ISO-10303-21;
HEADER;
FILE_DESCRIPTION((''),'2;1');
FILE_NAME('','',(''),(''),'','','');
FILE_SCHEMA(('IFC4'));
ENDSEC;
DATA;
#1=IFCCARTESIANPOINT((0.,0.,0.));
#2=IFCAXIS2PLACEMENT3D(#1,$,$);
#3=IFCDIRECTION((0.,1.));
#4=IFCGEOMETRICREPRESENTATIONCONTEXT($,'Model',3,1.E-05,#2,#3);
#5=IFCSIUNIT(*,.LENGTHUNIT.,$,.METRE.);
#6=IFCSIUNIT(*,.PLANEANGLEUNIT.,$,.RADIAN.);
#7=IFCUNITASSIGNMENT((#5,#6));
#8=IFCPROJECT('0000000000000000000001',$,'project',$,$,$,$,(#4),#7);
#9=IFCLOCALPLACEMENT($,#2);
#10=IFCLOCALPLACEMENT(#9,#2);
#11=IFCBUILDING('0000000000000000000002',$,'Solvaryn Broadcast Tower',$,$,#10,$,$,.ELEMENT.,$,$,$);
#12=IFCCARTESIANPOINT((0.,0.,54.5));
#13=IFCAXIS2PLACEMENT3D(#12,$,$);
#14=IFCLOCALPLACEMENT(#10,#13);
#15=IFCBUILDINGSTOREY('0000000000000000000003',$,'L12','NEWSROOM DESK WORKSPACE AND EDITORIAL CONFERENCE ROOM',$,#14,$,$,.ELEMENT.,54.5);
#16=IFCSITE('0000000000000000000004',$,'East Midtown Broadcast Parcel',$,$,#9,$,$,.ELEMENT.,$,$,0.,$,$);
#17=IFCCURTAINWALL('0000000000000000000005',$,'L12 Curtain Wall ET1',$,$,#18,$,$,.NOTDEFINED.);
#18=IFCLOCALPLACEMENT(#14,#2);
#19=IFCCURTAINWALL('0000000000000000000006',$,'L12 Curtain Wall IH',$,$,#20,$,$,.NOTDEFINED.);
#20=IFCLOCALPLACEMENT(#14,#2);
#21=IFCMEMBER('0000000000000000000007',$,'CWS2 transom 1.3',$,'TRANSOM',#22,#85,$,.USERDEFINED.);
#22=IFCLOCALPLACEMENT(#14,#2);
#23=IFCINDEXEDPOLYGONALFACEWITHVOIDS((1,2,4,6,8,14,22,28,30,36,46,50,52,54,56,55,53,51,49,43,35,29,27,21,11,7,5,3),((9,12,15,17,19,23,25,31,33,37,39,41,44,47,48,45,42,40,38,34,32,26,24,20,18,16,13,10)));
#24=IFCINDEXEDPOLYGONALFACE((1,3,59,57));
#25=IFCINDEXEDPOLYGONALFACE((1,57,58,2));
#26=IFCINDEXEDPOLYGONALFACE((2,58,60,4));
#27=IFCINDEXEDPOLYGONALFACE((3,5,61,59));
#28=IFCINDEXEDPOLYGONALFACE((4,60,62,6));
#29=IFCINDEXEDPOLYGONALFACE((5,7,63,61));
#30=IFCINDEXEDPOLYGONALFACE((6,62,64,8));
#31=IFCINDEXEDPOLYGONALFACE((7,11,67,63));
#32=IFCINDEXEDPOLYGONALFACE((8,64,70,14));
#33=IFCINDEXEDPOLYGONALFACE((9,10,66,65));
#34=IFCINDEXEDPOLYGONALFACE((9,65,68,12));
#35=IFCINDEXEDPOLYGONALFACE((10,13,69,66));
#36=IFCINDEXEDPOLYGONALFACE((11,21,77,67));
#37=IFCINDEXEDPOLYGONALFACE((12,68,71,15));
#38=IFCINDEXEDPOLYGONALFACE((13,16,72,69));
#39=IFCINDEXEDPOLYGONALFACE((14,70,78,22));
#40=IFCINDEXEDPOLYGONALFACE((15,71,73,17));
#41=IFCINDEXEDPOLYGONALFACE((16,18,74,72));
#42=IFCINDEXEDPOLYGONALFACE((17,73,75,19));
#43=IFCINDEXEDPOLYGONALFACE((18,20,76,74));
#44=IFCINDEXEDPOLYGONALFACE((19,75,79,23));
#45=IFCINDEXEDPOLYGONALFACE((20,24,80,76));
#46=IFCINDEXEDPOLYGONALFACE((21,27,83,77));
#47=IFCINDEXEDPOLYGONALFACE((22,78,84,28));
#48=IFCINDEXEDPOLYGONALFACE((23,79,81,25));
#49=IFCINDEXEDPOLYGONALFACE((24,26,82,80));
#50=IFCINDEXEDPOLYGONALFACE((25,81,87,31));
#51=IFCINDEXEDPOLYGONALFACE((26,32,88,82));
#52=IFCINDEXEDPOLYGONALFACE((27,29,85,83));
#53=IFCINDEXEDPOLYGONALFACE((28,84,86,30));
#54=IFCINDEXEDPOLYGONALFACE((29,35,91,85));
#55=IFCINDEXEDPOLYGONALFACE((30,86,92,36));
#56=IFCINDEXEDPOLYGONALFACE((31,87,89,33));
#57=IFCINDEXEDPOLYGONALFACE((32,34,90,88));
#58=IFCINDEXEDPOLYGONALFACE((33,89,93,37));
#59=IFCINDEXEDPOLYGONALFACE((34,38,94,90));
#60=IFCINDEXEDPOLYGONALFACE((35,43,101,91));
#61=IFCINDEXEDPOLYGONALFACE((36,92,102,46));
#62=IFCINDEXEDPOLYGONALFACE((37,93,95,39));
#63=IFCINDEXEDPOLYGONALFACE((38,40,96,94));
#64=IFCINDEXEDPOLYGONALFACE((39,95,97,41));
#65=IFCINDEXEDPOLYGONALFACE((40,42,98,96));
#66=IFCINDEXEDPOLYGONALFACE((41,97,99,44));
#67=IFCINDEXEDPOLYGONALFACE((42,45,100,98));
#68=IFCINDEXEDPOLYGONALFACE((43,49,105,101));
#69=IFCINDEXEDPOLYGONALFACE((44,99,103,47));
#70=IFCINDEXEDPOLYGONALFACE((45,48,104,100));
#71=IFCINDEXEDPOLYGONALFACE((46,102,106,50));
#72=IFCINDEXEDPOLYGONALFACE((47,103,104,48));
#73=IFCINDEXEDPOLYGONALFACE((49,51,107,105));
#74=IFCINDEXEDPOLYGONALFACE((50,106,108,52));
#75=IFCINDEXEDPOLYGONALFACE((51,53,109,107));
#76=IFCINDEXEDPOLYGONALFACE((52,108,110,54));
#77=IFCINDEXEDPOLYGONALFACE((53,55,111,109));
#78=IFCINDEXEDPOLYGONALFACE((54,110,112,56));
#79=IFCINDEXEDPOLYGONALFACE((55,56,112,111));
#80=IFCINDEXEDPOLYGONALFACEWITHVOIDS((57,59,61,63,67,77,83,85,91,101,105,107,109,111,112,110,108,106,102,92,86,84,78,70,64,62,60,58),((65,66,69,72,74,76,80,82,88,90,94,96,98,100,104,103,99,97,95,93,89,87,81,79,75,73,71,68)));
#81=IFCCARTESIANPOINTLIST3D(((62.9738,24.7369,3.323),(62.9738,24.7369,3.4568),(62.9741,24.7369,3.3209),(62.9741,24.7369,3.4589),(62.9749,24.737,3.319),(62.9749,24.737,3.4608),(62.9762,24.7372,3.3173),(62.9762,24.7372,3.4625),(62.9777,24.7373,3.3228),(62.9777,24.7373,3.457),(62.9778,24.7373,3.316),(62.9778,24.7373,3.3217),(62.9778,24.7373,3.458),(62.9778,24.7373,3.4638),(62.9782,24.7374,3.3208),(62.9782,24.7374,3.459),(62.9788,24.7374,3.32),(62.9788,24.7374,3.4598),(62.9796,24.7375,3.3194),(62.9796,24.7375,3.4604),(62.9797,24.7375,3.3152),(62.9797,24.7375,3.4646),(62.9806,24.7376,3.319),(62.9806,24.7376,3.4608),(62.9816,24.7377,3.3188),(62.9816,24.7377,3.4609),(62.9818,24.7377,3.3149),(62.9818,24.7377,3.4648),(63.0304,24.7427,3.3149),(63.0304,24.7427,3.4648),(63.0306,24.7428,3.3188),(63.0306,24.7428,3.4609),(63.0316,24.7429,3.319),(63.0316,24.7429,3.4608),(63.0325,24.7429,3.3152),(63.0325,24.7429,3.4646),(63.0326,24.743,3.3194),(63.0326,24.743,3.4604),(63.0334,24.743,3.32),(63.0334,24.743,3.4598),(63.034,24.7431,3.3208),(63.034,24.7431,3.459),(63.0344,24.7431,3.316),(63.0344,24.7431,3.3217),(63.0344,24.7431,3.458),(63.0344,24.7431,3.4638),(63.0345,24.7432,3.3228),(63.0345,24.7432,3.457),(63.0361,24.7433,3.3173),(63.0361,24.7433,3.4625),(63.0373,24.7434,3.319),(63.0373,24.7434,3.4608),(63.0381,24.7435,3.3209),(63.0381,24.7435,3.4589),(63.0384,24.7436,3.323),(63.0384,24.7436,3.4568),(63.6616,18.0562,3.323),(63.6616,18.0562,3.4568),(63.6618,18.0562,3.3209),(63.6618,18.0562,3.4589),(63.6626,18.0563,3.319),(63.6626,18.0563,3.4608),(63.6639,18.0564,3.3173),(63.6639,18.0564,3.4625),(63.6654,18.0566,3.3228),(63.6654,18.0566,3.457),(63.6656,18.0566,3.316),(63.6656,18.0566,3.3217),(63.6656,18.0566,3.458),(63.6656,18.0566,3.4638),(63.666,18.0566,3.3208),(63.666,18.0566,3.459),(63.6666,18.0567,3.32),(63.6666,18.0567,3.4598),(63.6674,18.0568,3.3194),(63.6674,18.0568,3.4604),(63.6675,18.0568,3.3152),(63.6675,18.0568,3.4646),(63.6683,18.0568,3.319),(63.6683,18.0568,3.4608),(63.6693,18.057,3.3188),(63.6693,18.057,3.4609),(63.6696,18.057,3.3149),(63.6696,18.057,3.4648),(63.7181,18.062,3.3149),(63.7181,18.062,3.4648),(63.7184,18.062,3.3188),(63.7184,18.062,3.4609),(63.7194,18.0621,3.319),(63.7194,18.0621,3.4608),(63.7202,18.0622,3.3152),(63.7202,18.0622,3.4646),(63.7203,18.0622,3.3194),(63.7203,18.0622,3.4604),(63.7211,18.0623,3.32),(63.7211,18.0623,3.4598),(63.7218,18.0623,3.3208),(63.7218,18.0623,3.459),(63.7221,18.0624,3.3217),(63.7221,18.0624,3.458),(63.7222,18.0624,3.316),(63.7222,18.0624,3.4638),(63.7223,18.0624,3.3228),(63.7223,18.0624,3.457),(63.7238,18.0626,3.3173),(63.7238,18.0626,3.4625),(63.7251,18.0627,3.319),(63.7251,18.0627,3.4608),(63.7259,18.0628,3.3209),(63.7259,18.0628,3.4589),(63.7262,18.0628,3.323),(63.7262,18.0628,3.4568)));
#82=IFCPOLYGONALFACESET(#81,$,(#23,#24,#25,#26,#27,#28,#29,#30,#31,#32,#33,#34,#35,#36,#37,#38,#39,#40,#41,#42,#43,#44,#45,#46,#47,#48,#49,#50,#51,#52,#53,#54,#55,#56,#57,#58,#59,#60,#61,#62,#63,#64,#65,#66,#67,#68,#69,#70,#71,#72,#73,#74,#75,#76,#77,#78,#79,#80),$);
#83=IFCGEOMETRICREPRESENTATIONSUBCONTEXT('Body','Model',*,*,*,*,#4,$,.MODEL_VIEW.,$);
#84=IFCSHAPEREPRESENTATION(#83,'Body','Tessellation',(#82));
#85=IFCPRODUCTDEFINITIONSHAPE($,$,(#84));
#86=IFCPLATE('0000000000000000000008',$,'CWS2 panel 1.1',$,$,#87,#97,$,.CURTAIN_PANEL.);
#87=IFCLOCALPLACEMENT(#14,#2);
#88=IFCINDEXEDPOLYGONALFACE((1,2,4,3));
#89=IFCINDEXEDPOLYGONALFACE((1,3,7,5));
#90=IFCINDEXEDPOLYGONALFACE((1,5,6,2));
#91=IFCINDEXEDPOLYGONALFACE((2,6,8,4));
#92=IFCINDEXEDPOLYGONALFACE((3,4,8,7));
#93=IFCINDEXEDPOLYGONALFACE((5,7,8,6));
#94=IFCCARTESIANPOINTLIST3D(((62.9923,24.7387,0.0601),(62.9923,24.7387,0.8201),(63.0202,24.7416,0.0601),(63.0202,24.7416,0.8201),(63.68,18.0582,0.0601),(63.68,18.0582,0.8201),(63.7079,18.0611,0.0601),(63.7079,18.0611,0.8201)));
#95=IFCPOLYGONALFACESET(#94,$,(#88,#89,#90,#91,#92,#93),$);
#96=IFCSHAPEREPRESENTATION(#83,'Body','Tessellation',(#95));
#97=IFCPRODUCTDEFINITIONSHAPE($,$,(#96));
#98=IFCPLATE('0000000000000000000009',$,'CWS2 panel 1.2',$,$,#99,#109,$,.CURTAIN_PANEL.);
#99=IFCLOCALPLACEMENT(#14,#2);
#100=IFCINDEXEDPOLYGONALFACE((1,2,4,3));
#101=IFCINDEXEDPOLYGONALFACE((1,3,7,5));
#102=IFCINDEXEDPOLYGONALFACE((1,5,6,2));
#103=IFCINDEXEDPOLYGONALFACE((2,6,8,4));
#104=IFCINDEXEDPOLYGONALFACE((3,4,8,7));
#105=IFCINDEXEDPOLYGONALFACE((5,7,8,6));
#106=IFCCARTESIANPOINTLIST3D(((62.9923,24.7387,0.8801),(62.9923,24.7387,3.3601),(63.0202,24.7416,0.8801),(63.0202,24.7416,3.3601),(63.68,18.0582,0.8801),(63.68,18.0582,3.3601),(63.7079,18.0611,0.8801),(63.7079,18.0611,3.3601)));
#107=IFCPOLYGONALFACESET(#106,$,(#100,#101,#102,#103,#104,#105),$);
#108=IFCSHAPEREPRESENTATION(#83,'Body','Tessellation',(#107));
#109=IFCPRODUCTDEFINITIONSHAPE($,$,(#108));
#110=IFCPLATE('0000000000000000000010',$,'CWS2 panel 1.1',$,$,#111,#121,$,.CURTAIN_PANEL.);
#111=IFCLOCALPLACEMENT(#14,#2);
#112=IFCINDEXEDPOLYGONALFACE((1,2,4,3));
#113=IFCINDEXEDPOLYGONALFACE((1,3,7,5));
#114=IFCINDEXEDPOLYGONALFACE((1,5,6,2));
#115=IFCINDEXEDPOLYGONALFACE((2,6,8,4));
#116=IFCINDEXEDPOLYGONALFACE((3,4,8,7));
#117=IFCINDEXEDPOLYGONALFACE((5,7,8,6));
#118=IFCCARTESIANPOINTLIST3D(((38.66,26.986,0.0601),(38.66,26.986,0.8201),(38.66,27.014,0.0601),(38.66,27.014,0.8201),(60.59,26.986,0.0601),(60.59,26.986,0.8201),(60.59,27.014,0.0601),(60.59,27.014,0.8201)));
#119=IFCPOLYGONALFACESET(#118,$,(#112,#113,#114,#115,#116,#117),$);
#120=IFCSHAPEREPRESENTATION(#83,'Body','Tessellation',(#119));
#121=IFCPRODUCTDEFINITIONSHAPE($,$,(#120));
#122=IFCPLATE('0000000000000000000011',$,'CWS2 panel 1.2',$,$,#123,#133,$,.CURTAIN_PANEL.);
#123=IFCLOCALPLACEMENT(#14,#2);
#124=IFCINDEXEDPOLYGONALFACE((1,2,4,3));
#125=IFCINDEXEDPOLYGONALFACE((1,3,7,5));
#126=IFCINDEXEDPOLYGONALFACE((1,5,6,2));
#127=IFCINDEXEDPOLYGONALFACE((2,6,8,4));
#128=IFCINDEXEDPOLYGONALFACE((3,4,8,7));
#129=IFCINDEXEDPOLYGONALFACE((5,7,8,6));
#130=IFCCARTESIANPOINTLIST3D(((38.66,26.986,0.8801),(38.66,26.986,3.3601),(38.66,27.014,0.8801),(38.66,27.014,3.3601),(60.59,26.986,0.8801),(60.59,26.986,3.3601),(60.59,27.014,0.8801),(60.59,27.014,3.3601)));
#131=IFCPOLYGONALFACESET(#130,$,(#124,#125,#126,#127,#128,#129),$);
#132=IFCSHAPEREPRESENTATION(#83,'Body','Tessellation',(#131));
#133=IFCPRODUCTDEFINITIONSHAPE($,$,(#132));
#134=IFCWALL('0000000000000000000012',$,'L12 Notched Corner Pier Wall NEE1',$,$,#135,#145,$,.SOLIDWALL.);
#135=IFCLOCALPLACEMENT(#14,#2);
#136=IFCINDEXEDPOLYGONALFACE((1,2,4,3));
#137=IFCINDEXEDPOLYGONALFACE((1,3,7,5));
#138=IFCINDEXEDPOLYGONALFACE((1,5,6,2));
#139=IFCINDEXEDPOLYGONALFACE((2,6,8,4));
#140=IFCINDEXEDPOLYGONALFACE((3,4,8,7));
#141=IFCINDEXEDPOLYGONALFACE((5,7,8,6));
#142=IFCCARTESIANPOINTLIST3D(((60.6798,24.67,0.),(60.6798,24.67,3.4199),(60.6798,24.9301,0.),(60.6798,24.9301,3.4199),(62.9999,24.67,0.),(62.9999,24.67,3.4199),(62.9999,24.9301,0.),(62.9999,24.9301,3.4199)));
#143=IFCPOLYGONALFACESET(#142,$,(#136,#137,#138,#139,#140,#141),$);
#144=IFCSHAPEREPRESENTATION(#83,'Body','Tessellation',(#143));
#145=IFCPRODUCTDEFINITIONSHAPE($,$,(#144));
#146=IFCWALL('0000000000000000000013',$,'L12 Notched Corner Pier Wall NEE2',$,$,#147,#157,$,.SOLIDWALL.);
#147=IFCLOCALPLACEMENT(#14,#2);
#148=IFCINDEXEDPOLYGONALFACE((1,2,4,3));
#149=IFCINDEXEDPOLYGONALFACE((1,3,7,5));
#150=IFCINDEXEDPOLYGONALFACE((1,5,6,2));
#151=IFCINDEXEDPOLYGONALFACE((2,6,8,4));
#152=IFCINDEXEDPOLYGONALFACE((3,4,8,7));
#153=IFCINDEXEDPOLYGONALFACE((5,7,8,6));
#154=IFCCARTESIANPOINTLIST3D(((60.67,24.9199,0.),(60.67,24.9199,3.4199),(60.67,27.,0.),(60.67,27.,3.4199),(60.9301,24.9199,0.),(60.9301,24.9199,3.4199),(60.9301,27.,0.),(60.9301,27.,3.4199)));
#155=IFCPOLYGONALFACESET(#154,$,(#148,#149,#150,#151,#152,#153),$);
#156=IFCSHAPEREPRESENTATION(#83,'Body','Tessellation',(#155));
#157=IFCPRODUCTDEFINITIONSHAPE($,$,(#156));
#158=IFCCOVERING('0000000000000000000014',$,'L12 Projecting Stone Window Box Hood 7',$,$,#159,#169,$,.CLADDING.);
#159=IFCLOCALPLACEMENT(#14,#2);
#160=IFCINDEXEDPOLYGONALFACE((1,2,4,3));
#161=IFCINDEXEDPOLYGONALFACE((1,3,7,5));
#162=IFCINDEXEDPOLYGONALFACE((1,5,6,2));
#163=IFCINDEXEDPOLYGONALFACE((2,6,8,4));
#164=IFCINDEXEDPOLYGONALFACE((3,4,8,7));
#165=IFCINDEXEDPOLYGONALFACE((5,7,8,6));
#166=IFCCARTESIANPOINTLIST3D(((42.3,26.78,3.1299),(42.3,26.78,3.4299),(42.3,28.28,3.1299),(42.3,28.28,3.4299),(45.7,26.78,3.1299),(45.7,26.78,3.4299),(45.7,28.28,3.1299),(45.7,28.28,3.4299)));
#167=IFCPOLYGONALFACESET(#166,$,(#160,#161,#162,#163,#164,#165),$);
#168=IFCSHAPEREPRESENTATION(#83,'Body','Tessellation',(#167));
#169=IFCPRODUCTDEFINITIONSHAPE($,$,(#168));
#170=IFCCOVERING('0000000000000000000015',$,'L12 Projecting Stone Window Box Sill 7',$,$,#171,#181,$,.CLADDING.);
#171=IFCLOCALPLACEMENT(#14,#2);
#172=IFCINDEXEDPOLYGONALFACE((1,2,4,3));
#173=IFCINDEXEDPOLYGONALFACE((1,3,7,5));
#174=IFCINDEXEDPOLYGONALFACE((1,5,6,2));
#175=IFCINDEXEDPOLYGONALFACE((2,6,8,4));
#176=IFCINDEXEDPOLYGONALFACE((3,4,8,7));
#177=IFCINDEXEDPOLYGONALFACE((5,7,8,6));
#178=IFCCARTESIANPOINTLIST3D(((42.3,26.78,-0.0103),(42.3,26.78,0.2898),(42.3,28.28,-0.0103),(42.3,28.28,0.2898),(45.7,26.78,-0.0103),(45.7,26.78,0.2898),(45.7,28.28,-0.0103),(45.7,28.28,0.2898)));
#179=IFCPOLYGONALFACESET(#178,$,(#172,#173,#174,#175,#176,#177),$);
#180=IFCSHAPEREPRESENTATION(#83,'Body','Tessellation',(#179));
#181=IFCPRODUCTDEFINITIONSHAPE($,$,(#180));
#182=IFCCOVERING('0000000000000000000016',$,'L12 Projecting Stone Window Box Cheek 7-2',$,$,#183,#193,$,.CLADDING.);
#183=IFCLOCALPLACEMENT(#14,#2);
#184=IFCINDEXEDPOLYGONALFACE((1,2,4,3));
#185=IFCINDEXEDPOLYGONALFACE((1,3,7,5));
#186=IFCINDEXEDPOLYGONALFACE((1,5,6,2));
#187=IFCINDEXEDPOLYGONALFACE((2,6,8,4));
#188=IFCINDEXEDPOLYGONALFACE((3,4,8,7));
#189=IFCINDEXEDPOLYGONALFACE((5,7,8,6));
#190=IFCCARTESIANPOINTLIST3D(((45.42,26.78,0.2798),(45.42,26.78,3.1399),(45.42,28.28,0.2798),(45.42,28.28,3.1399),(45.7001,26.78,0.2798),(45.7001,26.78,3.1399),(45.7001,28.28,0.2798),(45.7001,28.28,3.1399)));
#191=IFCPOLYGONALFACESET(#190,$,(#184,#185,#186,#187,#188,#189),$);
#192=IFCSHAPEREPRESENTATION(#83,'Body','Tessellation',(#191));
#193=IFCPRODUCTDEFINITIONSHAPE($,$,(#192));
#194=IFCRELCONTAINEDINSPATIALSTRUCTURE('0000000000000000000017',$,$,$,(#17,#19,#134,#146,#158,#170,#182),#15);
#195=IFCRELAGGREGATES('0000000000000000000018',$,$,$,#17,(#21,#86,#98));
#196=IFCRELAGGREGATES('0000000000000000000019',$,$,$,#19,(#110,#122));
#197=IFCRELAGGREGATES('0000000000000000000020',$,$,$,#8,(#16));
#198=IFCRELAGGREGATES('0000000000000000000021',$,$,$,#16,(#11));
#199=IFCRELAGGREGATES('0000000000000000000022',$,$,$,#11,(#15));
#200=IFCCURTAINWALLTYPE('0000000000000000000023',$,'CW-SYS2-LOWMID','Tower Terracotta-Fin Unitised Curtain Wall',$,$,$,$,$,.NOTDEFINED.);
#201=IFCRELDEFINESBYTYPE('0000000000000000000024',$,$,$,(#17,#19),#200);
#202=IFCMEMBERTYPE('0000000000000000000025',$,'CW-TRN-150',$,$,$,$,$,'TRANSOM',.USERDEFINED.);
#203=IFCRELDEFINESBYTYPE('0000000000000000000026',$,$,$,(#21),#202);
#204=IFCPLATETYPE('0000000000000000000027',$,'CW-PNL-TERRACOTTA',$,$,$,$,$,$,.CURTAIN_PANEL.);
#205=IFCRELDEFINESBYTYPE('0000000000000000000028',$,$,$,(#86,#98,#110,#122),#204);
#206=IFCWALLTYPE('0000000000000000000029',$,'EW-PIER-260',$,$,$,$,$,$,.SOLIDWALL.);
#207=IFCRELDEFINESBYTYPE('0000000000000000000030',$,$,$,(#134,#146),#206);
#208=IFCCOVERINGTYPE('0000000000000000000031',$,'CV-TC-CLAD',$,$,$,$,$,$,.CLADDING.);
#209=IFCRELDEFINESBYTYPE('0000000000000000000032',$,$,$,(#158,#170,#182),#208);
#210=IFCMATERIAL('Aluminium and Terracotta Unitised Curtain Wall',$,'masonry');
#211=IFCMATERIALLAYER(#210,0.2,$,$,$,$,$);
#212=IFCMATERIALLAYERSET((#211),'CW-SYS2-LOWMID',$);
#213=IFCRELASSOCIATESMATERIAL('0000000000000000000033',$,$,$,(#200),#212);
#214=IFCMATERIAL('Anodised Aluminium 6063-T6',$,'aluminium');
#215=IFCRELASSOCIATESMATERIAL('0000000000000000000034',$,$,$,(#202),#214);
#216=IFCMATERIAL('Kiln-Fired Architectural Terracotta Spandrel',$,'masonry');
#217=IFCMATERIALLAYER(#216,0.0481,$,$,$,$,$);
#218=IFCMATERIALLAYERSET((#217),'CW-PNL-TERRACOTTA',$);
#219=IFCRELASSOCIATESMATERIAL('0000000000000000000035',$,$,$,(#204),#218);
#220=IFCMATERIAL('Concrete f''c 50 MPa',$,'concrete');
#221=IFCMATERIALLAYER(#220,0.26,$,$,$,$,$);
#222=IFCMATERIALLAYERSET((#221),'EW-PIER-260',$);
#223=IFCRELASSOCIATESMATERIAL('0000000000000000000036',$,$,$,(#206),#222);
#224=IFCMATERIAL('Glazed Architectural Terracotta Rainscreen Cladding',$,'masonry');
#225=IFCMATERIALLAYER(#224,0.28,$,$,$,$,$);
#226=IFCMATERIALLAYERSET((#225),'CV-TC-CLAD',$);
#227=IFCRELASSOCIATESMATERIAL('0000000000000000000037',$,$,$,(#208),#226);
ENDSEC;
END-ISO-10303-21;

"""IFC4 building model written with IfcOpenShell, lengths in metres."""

from ifc_helpers import new_model, si_unit, direction, frame, frame_2d, origin, origin_2d, place, context, subcontext, project, spatial, rectangle, hollow_rectangle, extrude, material, layer, layer_set, material_profile, profile_set, type_object, element, aggregate, save


model = new_model("IFC4")

# Units and contexts
model_context = context("Model", 3, precision=1e-05, world=origin(), true_north=direction((0.0, 1.0)))
body_context = subcontext(model_context, "Body", "Model", "MODEL_VIEW")
ifc_project = project(units=[si_unit("LENGTHUNIT", "METRE"), si_unit("PLANEANGLEUNIT", "RADIAN")], contexts=[model_context])

# Site, building, storey
site_placement = place(None, origin())
site = spatial("IfcSite", under=ifc_project, at=site_placement, Name="East Midtown Broadcast Parcel", CompositionType="ELEMENT", RefElevation=0.0)
building_placement = place(site_placement, origin())
building = spatial("IfcBuilding", under=site, at=building_placement, Name="Solvaryn Broadcast Tower", CompositionType="ELEMENT")
storey_placement = place(building_placement, frame((0.0, 0.0, 54.5)))
storey = spatial("IfcBuildingStorey", under=building, at=storey_placement, Name="L12", Description="NEWSROOM DESK WORKSPACE AND EDITORIAL CONFERENCE ROOM", CompositionType="ELEMENT", Elevation=54.5)

# Curtain walls
ifc_material_1 = material(Name="Aluminium and Terracotta Unitised Curtain Wall", Category="masonry")
ifc_layer_1 = layer(ifc_material_1, 0.2)
ifc_layer_set_1 = layer_set([ifc_layer_1], Name="CW-SYS2-LOWMID")
curtain_wall_type = type_object("IfcCurtainWallType", Name="CW-SYS2-LOWMID", Description="Tower Terracotta-Fin Unitised Curtain Wall", PredefinedType="NOTDEFINED", material=ifc_layer_set_1)
curtain_wall_1_placement = place(storey_placement, origin())
curtain_wall_1 = element("IfcCurtainWall", 1, at=curtain_wall_1_placement, inside=storey, type_object=curtain_wall_type, Name="L12 Curtain Wall ET1", PredefinedType="NOTDEFINED")
curtain_wall_2_placement = place(storey_placement, origin())
curtain_wall_2 = element("IfcCurtainWall", 2, at=curtain_wall_2_placement, inside=storey, type_object=curtain_wall_type, Name="L12 Curtain Wall IH", PredefinedType="NOTDEFINED")

# Member
ifc_material_2 = material(Name="Anodised Aluminium 6063-T6", Category="aluminium")
ifc_material_profile_1 = material_profile(ifc_material_2, hollow_rectangle(XDim=0.0649, YDim=0.1499, WallThickness=0.0039, InnerFilletRadius=0.0039, OuterFilletRadius=0.0081, at=origin_2d()))
ifc_profile_set_1 = profile_set([ifc_material_profile_1], Name="Anodised Aluminium 6063-T6")
member_type_1 = type_object("IfcMemberType", Name="CW-TRN-150", ElementType="TRANSOM", PredefinedType="USERDEFINED", material=ifc_profile_set_1)
member_1_placement = place(storey_placement, frame((63.0061, 24.7402, 3.3899), z_axis=(0.102404, -0.994743, 0.0), x_axis=(0.994743, 0.102404, 0.0)))
member_1 = element("IfcMember", 3, at=member_1_placement, type_object=member_type_1, Name="CWS2 transom 1.3", ObjectType="TRANSOM", PredefinedType="USERDEFINED", context=body_context, shape_type="SweptSolid", body=[
    extrude(hollow_rectangle(XDim=0.0649, YDim=0.1499, WallThickness=0.0039, InnerFilletRadius=0.0039, OuterFilletRadius=0.0081, at=origin_2d()), origin(), (0.0, 0.0, 1.0), 6.7161),
])

# Plates
ifc_material_3 = material(Name="Kiln-Fired Architectural Terracotta Spandrel", Category="masonry")
ifc_layer_2 = layer(ifc_material_3, 0.0481)
ifc_layer_set_2 = layer_set([ifc_layer_2], Name="CW-PNL-TERRACOTTA")
plate_type = type_object("IfcPlateType", Name="CW-PNL-TERRACOTTA", PredefinedType="CURTAIN_PANEL", material=ifc_layer_set_2)
plate_1_placement = place(storey_placement, frame((63.3501, 21.3999, 0.0601), z_axis=(0.0, 0.0, 1.0), x_axis=(0.1024, -0.994743, 0.0)))
plate_1 = element("IfcPlate", 4, at=plate_1_placement, type_object=plate_type, Name="CWS2 panel 1.1", PredefinedType="CURTAIN_PANEL", context=body_context, shape_type="SweptSolid", body=[
    extrude(rectangle(XDim=6.7158, YDim=0.0281, at=origin_2d()), origin(), (0.0, 0.0, 1.0), 0.76),
])
plate_2_placement = place(storey_placement, frame((63.3501, 21.3999, 0.8801), z_axis=(0.0, 0.0, 1.0), x_axis=(0.1024, -0.994743, 0.0)))
plate_2 = element("IfcPlate", 5, at=plate_2_placement, type_object=plate_type, Name="CWS2 panel 1.2", PredefinedType="CURTAIN_PANEL", context=body_context, shape_type="SweptSolid", body=[
    extrude(rectangle(XDim=6.7158, YDim=0.0281, at=origin_2d()), origin(), (0.0, 0.0, 1.0), 2.48),
])
aggregate(curtain_wall_1, [member_1, plate_1, plate_2])
plate_3_placement = place(storey_placement, frame((49.625, 27.0, 0.0601), z_axis=(0.0, 0.0, 1.0), x_axis=(1.0, 0.0, 0.0)))
plate_3 = element("IfcPlate", 6, at=plate_3_placement, type_object=plate_type, Name="CWS2 panel 1.1", PredefinedType="CURTAIN_PANEL", context=body_context, shape_type="SweptSolid", body=[
    extrude(rectangle(XDim=21.9299, YDim=0.0281, at=origin_2d()), origin(), (0.0, 0.0, 1.0), 0.76),
])
plate_4_placement = place(storey_placement, frame((49.625, 27.0, 0.8801), z_axis=(0.0, 0.0, 1.0), x_axis=(1.0, 0.0, 0.0)))
plate_4 = element("IfcPlate", 7, at=plate_4_placement, type_object=plate_type, Name="CWS2 panel 1.2", PredefinedType="CURTAIN_PANEL", context=body_context, shape_type="SweptSolid", body=[
    extrude(rectangle(XDim=21.9299, YDim=0.0281, at=origin_2d()), origin(), (0.0, 0.0, 1.0), 2.48),
])
aggregate(curtain_wall_2, [plate_3, plate_4])

# Walls
ifc_material_4 = material(Name="Concrete f'c 50 MPa", Category="concrete")
ifc_layer_3 = layer(ifc_material_4, 0.26)
ifc_layer_set_3 = layer_set([ifc_layer_3], Name="EW-PIER-260")
wall_type_1 = type_object("IfcWallType", Name="EW-PIER-260", PredefinedType="SOLIDWALL", material=ifc_layer_set_3)
wall_1_placement = place(storey_placement, frame((63.0, 24.8, 0.0), z_axis=(0.0, 0.0, 1.0), x_axis=(-1.0, 0.0, 0.0)))
element("IfcWall", 8, at=wall_1_placement, inside=storey, type_object=wall_type_1, Name="L12 Notched Corner Pier Wall NEE1", PredefinedType="SOLIDWALL", context=body_context, shape_type="SweptSolid", body=[
    extrude(rectangle(XDim=2.3201, YDim=0.26, at=frame_2d((1.1602, 0.0))), origin(), (0.0, 0.0, 1.0), 3.4199),
])
wall_2_placement = place(storey_placement, frame((60.8, 24.9199, 0.0), z_axis=(0.0, 0.0, 1.0), x_axis=(0.0, 1.0, 0.0)))
element("IfcWall", 9, at=wall_2_placement, inside=storey, type_object=wall_type_1, Name="L12 Notched Corner Pier Wall NEE2", PredefinedType="SOLIDWALL", context=body_context, shape_type="SweptSolid", body=[
    extrude(rectangle(XDim=2.0801, YDim=0.26, at=frame_2d((1.04, 0.0))), origin(), (0.0, 0.0, 1.0), 3.4199),
])

# Coverings
ifc_material_5 = material(Name="Glazed Architectural Terracotta Rainscreen Cladding", Category="masonry")
ifc_layer_4 = layer(ifc_material_5, 0.28)
ifc_layer_set_4 = layer_set([ifc_layer_4], Name="CV-TC-CLAD")
covering_type_1 = type_object("IfcCoveringType", Name="CV-TC-CLAD", PredefinedType="CLADDING", material=ifc_layer_set_4)
for number, where, z_axis, x_axis, name in (
    (10, (44.0, 27.53, 3.1299), (0.0, 0.0, 1.0), (1.0, 0.0, 0.0), "L12 Projecting Stone Window Box Hood 7"),
    (11, (44.0, 27.53, -0.0103), (0.0, 0.0, 1.0), (1.0, 0.0, 0.0), "L12 Projecting Stone Window Box Sill 7"),
):
    element("IfcCovering", number, at=place(storey_placement, frame(where, z_axis=z_axis, x_axis=x_axis)), inside=storey, type_object=covering_type_1, Name=name, PredefinedType="CLADDING", context=body_context, shape_type="SweptSolid", body=[
        extrude(rectangle(XDim=3.3999, YDim=1.5, at=origin_2d()), origin(), (0.0, 0.0, 1.0), 0.3),
    ])
covering_1_placement = place(storey_placement, frame((45.5601, 27.53, 0.2798), z_axis=(0.0, 0.0, 1.0), x_axis=(1.0, 0.0, 0.0)))
element("IfcCovering", 12, at=covering_1_placement, inside=storey, type_object=covering_type_1, Name="L12 Projecting Stone Window Box Cheek 7-2", PredefinedType="CLADDING", context=body_context, shape_type="SweptSolid", body=[
    extrude(rectangle(XDim=0.28, YDim=1.5, at=origin_2d()), origin(), (0.0, 0.0, 1.0), 2.8601),
])

save(model, "model.ifc")
